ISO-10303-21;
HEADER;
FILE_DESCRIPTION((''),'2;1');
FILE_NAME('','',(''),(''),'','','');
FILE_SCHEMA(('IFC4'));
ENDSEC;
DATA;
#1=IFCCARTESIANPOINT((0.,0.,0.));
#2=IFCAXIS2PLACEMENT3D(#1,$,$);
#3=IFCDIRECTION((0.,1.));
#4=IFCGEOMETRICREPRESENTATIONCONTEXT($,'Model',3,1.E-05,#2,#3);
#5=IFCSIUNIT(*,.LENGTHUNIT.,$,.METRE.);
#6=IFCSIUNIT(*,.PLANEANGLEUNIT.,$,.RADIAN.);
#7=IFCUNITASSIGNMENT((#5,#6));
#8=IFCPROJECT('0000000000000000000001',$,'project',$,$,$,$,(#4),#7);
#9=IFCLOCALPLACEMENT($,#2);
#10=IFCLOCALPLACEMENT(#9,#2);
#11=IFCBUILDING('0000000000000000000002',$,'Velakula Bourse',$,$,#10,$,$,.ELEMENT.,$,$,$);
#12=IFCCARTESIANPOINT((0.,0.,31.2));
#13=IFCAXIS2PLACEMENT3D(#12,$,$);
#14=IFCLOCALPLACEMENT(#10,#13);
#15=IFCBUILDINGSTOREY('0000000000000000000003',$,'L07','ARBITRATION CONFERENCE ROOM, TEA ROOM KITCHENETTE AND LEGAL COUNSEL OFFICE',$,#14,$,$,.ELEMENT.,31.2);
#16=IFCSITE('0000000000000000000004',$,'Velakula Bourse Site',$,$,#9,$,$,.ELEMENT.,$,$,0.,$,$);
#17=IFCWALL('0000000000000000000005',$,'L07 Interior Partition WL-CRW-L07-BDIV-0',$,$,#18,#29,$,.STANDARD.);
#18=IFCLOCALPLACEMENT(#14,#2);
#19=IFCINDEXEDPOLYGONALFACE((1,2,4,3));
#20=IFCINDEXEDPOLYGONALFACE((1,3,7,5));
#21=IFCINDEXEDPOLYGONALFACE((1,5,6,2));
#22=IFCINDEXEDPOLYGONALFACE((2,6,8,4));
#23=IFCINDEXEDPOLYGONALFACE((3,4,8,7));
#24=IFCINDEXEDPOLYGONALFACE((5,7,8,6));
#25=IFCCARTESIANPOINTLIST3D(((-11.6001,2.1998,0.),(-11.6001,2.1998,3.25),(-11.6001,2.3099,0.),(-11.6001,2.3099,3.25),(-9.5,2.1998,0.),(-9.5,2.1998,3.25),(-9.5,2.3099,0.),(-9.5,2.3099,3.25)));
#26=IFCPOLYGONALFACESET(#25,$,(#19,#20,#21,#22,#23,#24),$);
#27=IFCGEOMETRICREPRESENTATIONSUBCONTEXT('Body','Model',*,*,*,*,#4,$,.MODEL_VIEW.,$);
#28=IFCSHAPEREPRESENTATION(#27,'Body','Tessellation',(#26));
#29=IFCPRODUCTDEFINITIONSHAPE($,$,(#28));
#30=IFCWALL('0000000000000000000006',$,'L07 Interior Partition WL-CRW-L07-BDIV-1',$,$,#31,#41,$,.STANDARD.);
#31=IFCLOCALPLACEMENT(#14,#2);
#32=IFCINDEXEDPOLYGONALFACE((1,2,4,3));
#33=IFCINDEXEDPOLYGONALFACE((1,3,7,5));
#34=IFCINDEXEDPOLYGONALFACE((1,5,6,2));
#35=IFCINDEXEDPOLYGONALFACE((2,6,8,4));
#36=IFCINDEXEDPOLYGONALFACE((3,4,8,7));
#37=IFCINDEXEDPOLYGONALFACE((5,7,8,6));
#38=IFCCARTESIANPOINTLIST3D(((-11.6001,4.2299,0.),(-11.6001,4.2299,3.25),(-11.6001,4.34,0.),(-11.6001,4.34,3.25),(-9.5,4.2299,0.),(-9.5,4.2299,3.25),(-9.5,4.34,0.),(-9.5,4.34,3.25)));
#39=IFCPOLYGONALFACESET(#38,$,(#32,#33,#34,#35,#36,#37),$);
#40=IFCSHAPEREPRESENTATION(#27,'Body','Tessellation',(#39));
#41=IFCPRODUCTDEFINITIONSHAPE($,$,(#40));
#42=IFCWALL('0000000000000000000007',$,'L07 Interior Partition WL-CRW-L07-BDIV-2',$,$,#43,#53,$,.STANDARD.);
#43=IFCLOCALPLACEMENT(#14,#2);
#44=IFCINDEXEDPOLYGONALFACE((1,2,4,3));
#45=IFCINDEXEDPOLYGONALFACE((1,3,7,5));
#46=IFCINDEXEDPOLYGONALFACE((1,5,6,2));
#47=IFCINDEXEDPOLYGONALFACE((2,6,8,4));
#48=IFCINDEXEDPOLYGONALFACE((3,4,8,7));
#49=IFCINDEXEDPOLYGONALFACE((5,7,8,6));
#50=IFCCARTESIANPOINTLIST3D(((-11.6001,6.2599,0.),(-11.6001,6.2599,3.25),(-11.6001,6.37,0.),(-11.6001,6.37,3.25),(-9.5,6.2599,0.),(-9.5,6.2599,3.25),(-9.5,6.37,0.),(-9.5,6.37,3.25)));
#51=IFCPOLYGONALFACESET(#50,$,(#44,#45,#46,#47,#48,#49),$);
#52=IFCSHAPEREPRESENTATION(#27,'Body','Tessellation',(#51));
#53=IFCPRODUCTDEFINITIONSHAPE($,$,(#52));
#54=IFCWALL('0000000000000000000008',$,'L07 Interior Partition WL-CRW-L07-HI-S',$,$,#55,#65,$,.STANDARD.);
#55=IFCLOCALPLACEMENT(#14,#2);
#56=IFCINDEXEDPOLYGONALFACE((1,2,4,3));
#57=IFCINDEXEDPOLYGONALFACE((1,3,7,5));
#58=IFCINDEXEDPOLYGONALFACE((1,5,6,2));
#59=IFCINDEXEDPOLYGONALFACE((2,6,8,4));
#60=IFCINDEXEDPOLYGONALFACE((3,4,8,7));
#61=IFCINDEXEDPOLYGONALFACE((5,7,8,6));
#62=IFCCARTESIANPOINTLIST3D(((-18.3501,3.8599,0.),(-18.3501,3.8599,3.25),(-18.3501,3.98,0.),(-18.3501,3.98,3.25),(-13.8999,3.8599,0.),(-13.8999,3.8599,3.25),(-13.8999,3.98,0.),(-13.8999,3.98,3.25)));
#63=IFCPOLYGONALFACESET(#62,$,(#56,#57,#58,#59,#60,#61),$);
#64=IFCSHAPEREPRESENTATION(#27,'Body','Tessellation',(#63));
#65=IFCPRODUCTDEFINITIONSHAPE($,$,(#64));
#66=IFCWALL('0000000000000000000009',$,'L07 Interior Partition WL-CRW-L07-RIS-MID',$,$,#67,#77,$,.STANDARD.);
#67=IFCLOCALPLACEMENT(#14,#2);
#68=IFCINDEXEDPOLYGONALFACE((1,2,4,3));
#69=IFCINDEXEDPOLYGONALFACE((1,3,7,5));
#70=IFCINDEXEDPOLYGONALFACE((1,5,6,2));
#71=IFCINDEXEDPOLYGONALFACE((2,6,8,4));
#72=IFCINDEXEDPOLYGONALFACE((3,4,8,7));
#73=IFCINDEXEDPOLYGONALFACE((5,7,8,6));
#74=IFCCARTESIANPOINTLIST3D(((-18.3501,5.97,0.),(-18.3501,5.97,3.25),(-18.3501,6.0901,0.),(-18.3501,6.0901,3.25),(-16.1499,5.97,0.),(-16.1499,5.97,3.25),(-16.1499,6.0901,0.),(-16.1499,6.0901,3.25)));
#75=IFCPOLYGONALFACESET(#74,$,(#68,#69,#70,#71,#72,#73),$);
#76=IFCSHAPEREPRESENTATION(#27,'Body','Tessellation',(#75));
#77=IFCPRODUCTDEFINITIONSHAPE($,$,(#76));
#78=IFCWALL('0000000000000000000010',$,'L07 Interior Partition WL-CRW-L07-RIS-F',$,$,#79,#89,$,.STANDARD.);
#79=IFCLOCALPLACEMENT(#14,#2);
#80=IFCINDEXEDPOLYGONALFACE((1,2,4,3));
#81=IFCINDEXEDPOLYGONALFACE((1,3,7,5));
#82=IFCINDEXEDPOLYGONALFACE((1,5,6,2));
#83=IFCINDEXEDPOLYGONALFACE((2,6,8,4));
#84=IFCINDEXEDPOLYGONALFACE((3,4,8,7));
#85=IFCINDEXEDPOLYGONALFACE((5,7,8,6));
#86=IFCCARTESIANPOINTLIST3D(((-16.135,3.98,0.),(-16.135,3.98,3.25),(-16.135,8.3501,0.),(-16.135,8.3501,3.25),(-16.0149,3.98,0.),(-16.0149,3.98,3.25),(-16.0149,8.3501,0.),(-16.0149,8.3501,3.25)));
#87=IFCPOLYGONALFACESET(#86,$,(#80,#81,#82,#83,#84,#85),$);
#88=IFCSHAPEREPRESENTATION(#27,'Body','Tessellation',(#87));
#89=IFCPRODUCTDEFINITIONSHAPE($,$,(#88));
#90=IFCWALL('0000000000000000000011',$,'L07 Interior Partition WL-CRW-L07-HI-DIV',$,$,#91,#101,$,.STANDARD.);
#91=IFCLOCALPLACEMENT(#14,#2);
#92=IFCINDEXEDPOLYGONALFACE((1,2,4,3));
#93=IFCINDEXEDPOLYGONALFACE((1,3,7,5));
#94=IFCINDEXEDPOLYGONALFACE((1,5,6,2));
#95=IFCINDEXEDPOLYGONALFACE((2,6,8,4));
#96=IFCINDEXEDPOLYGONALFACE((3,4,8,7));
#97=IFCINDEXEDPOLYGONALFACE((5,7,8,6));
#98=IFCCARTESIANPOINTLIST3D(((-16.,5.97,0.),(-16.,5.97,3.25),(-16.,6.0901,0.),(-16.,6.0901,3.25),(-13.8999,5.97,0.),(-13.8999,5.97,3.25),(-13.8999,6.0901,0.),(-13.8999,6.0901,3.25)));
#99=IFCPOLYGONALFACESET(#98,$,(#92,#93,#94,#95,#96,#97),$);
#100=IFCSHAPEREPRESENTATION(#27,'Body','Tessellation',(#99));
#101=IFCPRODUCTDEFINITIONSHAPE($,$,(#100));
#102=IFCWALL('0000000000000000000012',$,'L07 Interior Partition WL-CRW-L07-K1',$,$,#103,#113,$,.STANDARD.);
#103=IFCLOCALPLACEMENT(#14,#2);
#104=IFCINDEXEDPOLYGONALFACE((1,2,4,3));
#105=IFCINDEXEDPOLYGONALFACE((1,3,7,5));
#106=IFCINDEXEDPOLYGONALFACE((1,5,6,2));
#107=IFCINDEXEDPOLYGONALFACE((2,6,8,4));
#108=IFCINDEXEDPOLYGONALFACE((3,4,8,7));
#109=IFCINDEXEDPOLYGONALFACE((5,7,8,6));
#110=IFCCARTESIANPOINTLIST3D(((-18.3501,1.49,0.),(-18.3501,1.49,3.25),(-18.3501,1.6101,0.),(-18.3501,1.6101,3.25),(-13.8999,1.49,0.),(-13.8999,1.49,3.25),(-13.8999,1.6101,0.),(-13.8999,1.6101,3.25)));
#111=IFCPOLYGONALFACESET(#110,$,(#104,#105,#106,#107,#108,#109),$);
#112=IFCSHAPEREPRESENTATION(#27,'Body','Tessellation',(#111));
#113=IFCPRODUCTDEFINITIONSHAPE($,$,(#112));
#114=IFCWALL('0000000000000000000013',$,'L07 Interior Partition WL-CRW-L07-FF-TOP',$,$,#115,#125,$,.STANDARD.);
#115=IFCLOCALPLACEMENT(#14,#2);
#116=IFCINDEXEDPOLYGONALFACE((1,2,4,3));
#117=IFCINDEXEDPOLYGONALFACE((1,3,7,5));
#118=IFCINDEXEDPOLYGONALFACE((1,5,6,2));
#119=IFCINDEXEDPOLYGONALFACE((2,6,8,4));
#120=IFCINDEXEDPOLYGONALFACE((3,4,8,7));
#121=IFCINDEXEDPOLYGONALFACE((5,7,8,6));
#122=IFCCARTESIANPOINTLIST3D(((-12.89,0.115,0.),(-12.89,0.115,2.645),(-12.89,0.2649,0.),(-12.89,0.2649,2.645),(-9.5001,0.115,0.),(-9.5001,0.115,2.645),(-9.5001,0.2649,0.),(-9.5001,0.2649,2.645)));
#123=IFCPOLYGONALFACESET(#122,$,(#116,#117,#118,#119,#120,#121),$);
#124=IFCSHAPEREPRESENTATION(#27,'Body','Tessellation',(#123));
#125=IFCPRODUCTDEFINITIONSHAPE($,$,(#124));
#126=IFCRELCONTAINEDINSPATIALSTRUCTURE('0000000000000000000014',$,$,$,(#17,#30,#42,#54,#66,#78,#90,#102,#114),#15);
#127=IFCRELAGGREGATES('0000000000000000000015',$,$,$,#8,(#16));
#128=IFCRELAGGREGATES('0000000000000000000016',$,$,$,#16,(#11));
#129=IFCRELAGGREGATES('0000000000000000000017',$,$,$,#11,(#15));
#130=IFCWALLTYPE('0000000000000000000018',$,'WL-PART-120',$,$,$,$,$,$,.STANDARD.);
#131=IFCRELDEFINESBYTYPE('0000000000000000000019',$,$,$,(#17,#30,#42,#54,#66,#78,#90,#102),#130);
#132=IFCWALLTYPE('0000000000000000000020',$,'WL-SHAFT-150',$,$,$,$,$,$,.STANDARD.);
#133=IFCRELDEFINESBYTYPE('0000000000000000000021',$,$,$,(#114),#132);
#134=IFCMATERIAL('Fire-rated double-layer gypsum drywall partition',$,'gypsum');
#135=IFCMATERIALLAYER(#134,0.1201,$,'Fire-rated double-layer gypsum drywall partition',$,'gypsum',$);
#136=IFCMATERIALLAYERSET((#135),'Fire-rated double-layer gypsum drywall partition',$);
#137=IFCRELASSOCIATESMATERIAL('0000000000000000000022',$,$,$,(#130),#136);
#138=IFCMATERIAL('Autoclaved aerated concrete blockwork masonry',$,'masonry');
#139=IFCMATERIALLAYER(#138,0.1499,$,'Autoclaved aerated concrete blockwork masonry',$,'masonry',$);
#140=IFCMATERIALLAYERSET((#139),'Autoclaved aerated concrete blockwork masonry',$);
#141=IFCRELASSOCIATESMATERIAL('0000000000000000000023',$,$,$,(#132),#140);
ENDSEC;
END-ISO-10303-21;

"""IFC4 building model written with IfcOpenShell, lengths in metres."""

from ifc_helpers import new_model, si_unit, direction, frame, frame_2d, origin, place, context, subcontext, project, spatial, rectangle, extrude, material, layer, layer_set, type_object, element, save


model = new_model("IFC4")

# Units and contexts
model_context = context("Model", 3, precision=1e-05, world=origin(), true_north=direction((0.0, 1.0)))
body_context = subcontext(model_context, "Body", "Model", "MODEL_VIEW")
ifc_project = project(units=[si_unit("LENGTHUNIT", "METRE"), si_unit("PLANEANGLEUNIT", "RADIAN")], contexts=[model_context])

# Site, building, storey
site_placement = place(None, origin())
site = spatial("IfcSite", under=ifc_project, at=site_placement, Name="Velakula Bourse Site", CompositionType="ELEMENT", RefElevation=0.0)
building_placement = place(site_placement, origin())
building = spatial("IfcBuilding", under=site, at=building_placement, Name="Velakula Bourse", CompositionType="ELEMENT")
storey_placement = place(building_placement, frame((0.0, 0.0, 31.2)))
storey = spatial("IfcBuildingStorey", under=building, at=storey_placement, Name="L07", Description="ARBITRATION CONFERENCE ROOM, TEA ROOM KITCHENETTE AND LEGAL COUNSEL OFFICE", CompositionType="ELEMENT", Elevation=31.2)

# Walls
ifc_material_1 = material(Name="Fire-rated double-layer gypsum drywall partition", Category="gypsum")
ifc_layer_1 = layer(ifc_material_1, 0.1201, Name="Fire-rated double-layer gypsum drywall partition", Category="gypsum")
ifc_layer_set_1 = layer_set([ifc_layer_1], Name="Fire-rated double-layer gypsum drywall partition")
wall_type_1 = type_object("IfcWallType", Name="WL-PART-120", PredefinedType="STANDARD", material=ifc_layer_set_1)
for number, where, z_axis, x_axis, name in (
    (1, (-11.6001, 2.2549, 0.0), (0.0, 0.0, 1.0), (1.0, 0.0, 0.0), "L07 Interior Partition WL-CRW-L07-BDIV-0"),
    (2, (-11.6001, 4.2849, 0.0), (0.0, 0.0, 1.0), (1.0, 0.0, 0.0), "L07 Interior Partition WL-CRW-L07-BDIV-1"),
    (3, (-11.6001, 6.3149, 0.0), (0.0, 0.0, 1.0), (1.0, 0.0, 0.0), "L07 Interior Partition WL-CRW-L07-BDIV-2"),
):
    element("IfcWall", number, at=place(storey_placement, frame(where, z_axis=z_axis, x_axis=x_axis)), inside=storey, type_object=wall_type_1, Name=name, PredefinedType="STANDARD", context=body_context, shape_type="SweptSolid", body=[
        extrude(rectangle(XDim=2.1001, YDim=0.1101, at=frame_2d((1.05, 0.0))), origin(), (0.0, 0.0, 1.0), 3.25),
    ])
wall_1_placement = place(storey_placement, frame((-18.3501, 3.9199, 0.0), z_axis=(0.0, 0.0, 1.0), x_axis=(1.0, 0.0, 0.0)))
element("IfcWall", 4, at=wall_1_placement, inside=storey, type_object=wall_type_1, Name="L07 Interior Partition WL-CRW-L07-HI-S", PredefinedType="STANDARD", context=body_context, shape_type="SweptSolid", body=[
    extrude(rectangle(XDim=4.4502, YDim=0.1201, at=frame_2d((2.2251, 0.0))), origin(), (0.0, 0.0, 1.0), 3.25),
])
wall_2_placement = place(storey_placement, frame((-18.3501, 6.03, 0.0), z_axis=(0.0, 0.0, 1.0), x_axis=(1.0, 0.0, 0.0)))
element("IfcWall", 5, at=wall_2_placement, inside=storey, type_object=wall_type_1, Name="L07 Interior Partition WL-CRW-L07-RIS-MID", PredefinedType="STANDARD", context=body_context, shape_type="SweptSolid", body=[
    extrude(rectangle(XDim=2.2002, YDim=0.1201, at=frame_2d((1.1001, 0.0))), origin(), (0.0, 0.0, 1.0), 3.25),
])
wall_3_placement = place(storey_placement, frame((-16.075, 3.98, 0.0), z_axis=(0.0, 0.0, 1.0), x_axis=(0.0, 1.0, 0.0)))
element("IfcWall", 6, at=wall_3_placement, inside=storey, type_object=wall_type_1, Name="L07 Interior Partition WL-CRW-L07-RIS-F", PredefinedType="STANDARD", context=body_context, shape_type="SweptSolid", body=[
    extrude(rectangle(XDim=4.3701, YDim=0.1201, at=frame_2d((2.1851, 0.0))), origin(), (0.0, 0.0, 1.0), 3.25),
])
wall_4_placement = place(storey_placement, frame((-16.0, 6.03, 0.0), z_axis=(0.0, 0.0, 1.0), x_axis=(1.0, 0.0, 0.0)))
element("IfcWall", 7, at=wall_4_placement, inside=storey, type_object=wall_type_1, Name="L07 Interior Partition WL-CRW-L07-HI-DIV", PredefinedType="STANDARD", context=body_context, shape_type="SweptSolid", body=[
    extrude(rectangle(XDim=2.1001, YDim=0.1201, at=frame_2d((1.05, 0.0))), origin(), (0.0, 0.0, 1.0), 3.25),
])
wall_5_placement = place(storey_placement, frame((-18.3501, 1.55, 0.0), z_axis=(0.0, 0.0, 1.0), x_axis=(1.0, 0.0, 0.0)))
element("IfcWall", 8, at=wall_5_placement, inside=storey, type_object=wall_type_1, Name="L07 Interior Partition WL-CRW-L07-K1", PredefinedType="STANDARD", context=body_context, shape_type="SweptSolid", body=[
    extrude(rectangle(XDim=4.4502, YDim=0.1201, at=frame_2d((2.2251, 0.0))), origin(), (0.0, 0.0, 1.0), 3.25),
])
ifc_material_2 = material(Name="Autoclaved aerated concrete blockwork masonry", Category="masonry")
ifc_layer_2 = layer(ifc_material_2, 0.1499, Name="Autoclaved aerated concrete blockwork masonry", Category="masonry")
ifc_layer_set_2 = layer_set([ifc_layer_2], Name="Autoclaved aerated concrete blockwork masonry")
wall_type_2 = type_object("IfcWallType", Name="WL-SHAFT-150", PredefinedType="STANDARD", material=ifc_layer_set_2)
wall_6_placement = place(storey_placement, frame((-12.8899, 0.1899, 0.0), z_axis=(0.0, 0.0, 1.0), x_axis=(1.0, 0.0, 0.0)))
element("IfcWall", 9, at=wall_6_placement, inside=storey, type_object=wall_type_2, Name="L07 Interior Partition WL-CRW-L07-FF-TOP", PredefinedType="STANDARD", context=body_context, shape_type="SweptSolid", body=[
    extrude(rectangle(XDim=3.3899, YDim=0.1499, at=frame_2d((1.6948, 0.0))), origin(), (0.0, 0.0, 1.0), 2.645),
])

save(model, "model.ifc")
